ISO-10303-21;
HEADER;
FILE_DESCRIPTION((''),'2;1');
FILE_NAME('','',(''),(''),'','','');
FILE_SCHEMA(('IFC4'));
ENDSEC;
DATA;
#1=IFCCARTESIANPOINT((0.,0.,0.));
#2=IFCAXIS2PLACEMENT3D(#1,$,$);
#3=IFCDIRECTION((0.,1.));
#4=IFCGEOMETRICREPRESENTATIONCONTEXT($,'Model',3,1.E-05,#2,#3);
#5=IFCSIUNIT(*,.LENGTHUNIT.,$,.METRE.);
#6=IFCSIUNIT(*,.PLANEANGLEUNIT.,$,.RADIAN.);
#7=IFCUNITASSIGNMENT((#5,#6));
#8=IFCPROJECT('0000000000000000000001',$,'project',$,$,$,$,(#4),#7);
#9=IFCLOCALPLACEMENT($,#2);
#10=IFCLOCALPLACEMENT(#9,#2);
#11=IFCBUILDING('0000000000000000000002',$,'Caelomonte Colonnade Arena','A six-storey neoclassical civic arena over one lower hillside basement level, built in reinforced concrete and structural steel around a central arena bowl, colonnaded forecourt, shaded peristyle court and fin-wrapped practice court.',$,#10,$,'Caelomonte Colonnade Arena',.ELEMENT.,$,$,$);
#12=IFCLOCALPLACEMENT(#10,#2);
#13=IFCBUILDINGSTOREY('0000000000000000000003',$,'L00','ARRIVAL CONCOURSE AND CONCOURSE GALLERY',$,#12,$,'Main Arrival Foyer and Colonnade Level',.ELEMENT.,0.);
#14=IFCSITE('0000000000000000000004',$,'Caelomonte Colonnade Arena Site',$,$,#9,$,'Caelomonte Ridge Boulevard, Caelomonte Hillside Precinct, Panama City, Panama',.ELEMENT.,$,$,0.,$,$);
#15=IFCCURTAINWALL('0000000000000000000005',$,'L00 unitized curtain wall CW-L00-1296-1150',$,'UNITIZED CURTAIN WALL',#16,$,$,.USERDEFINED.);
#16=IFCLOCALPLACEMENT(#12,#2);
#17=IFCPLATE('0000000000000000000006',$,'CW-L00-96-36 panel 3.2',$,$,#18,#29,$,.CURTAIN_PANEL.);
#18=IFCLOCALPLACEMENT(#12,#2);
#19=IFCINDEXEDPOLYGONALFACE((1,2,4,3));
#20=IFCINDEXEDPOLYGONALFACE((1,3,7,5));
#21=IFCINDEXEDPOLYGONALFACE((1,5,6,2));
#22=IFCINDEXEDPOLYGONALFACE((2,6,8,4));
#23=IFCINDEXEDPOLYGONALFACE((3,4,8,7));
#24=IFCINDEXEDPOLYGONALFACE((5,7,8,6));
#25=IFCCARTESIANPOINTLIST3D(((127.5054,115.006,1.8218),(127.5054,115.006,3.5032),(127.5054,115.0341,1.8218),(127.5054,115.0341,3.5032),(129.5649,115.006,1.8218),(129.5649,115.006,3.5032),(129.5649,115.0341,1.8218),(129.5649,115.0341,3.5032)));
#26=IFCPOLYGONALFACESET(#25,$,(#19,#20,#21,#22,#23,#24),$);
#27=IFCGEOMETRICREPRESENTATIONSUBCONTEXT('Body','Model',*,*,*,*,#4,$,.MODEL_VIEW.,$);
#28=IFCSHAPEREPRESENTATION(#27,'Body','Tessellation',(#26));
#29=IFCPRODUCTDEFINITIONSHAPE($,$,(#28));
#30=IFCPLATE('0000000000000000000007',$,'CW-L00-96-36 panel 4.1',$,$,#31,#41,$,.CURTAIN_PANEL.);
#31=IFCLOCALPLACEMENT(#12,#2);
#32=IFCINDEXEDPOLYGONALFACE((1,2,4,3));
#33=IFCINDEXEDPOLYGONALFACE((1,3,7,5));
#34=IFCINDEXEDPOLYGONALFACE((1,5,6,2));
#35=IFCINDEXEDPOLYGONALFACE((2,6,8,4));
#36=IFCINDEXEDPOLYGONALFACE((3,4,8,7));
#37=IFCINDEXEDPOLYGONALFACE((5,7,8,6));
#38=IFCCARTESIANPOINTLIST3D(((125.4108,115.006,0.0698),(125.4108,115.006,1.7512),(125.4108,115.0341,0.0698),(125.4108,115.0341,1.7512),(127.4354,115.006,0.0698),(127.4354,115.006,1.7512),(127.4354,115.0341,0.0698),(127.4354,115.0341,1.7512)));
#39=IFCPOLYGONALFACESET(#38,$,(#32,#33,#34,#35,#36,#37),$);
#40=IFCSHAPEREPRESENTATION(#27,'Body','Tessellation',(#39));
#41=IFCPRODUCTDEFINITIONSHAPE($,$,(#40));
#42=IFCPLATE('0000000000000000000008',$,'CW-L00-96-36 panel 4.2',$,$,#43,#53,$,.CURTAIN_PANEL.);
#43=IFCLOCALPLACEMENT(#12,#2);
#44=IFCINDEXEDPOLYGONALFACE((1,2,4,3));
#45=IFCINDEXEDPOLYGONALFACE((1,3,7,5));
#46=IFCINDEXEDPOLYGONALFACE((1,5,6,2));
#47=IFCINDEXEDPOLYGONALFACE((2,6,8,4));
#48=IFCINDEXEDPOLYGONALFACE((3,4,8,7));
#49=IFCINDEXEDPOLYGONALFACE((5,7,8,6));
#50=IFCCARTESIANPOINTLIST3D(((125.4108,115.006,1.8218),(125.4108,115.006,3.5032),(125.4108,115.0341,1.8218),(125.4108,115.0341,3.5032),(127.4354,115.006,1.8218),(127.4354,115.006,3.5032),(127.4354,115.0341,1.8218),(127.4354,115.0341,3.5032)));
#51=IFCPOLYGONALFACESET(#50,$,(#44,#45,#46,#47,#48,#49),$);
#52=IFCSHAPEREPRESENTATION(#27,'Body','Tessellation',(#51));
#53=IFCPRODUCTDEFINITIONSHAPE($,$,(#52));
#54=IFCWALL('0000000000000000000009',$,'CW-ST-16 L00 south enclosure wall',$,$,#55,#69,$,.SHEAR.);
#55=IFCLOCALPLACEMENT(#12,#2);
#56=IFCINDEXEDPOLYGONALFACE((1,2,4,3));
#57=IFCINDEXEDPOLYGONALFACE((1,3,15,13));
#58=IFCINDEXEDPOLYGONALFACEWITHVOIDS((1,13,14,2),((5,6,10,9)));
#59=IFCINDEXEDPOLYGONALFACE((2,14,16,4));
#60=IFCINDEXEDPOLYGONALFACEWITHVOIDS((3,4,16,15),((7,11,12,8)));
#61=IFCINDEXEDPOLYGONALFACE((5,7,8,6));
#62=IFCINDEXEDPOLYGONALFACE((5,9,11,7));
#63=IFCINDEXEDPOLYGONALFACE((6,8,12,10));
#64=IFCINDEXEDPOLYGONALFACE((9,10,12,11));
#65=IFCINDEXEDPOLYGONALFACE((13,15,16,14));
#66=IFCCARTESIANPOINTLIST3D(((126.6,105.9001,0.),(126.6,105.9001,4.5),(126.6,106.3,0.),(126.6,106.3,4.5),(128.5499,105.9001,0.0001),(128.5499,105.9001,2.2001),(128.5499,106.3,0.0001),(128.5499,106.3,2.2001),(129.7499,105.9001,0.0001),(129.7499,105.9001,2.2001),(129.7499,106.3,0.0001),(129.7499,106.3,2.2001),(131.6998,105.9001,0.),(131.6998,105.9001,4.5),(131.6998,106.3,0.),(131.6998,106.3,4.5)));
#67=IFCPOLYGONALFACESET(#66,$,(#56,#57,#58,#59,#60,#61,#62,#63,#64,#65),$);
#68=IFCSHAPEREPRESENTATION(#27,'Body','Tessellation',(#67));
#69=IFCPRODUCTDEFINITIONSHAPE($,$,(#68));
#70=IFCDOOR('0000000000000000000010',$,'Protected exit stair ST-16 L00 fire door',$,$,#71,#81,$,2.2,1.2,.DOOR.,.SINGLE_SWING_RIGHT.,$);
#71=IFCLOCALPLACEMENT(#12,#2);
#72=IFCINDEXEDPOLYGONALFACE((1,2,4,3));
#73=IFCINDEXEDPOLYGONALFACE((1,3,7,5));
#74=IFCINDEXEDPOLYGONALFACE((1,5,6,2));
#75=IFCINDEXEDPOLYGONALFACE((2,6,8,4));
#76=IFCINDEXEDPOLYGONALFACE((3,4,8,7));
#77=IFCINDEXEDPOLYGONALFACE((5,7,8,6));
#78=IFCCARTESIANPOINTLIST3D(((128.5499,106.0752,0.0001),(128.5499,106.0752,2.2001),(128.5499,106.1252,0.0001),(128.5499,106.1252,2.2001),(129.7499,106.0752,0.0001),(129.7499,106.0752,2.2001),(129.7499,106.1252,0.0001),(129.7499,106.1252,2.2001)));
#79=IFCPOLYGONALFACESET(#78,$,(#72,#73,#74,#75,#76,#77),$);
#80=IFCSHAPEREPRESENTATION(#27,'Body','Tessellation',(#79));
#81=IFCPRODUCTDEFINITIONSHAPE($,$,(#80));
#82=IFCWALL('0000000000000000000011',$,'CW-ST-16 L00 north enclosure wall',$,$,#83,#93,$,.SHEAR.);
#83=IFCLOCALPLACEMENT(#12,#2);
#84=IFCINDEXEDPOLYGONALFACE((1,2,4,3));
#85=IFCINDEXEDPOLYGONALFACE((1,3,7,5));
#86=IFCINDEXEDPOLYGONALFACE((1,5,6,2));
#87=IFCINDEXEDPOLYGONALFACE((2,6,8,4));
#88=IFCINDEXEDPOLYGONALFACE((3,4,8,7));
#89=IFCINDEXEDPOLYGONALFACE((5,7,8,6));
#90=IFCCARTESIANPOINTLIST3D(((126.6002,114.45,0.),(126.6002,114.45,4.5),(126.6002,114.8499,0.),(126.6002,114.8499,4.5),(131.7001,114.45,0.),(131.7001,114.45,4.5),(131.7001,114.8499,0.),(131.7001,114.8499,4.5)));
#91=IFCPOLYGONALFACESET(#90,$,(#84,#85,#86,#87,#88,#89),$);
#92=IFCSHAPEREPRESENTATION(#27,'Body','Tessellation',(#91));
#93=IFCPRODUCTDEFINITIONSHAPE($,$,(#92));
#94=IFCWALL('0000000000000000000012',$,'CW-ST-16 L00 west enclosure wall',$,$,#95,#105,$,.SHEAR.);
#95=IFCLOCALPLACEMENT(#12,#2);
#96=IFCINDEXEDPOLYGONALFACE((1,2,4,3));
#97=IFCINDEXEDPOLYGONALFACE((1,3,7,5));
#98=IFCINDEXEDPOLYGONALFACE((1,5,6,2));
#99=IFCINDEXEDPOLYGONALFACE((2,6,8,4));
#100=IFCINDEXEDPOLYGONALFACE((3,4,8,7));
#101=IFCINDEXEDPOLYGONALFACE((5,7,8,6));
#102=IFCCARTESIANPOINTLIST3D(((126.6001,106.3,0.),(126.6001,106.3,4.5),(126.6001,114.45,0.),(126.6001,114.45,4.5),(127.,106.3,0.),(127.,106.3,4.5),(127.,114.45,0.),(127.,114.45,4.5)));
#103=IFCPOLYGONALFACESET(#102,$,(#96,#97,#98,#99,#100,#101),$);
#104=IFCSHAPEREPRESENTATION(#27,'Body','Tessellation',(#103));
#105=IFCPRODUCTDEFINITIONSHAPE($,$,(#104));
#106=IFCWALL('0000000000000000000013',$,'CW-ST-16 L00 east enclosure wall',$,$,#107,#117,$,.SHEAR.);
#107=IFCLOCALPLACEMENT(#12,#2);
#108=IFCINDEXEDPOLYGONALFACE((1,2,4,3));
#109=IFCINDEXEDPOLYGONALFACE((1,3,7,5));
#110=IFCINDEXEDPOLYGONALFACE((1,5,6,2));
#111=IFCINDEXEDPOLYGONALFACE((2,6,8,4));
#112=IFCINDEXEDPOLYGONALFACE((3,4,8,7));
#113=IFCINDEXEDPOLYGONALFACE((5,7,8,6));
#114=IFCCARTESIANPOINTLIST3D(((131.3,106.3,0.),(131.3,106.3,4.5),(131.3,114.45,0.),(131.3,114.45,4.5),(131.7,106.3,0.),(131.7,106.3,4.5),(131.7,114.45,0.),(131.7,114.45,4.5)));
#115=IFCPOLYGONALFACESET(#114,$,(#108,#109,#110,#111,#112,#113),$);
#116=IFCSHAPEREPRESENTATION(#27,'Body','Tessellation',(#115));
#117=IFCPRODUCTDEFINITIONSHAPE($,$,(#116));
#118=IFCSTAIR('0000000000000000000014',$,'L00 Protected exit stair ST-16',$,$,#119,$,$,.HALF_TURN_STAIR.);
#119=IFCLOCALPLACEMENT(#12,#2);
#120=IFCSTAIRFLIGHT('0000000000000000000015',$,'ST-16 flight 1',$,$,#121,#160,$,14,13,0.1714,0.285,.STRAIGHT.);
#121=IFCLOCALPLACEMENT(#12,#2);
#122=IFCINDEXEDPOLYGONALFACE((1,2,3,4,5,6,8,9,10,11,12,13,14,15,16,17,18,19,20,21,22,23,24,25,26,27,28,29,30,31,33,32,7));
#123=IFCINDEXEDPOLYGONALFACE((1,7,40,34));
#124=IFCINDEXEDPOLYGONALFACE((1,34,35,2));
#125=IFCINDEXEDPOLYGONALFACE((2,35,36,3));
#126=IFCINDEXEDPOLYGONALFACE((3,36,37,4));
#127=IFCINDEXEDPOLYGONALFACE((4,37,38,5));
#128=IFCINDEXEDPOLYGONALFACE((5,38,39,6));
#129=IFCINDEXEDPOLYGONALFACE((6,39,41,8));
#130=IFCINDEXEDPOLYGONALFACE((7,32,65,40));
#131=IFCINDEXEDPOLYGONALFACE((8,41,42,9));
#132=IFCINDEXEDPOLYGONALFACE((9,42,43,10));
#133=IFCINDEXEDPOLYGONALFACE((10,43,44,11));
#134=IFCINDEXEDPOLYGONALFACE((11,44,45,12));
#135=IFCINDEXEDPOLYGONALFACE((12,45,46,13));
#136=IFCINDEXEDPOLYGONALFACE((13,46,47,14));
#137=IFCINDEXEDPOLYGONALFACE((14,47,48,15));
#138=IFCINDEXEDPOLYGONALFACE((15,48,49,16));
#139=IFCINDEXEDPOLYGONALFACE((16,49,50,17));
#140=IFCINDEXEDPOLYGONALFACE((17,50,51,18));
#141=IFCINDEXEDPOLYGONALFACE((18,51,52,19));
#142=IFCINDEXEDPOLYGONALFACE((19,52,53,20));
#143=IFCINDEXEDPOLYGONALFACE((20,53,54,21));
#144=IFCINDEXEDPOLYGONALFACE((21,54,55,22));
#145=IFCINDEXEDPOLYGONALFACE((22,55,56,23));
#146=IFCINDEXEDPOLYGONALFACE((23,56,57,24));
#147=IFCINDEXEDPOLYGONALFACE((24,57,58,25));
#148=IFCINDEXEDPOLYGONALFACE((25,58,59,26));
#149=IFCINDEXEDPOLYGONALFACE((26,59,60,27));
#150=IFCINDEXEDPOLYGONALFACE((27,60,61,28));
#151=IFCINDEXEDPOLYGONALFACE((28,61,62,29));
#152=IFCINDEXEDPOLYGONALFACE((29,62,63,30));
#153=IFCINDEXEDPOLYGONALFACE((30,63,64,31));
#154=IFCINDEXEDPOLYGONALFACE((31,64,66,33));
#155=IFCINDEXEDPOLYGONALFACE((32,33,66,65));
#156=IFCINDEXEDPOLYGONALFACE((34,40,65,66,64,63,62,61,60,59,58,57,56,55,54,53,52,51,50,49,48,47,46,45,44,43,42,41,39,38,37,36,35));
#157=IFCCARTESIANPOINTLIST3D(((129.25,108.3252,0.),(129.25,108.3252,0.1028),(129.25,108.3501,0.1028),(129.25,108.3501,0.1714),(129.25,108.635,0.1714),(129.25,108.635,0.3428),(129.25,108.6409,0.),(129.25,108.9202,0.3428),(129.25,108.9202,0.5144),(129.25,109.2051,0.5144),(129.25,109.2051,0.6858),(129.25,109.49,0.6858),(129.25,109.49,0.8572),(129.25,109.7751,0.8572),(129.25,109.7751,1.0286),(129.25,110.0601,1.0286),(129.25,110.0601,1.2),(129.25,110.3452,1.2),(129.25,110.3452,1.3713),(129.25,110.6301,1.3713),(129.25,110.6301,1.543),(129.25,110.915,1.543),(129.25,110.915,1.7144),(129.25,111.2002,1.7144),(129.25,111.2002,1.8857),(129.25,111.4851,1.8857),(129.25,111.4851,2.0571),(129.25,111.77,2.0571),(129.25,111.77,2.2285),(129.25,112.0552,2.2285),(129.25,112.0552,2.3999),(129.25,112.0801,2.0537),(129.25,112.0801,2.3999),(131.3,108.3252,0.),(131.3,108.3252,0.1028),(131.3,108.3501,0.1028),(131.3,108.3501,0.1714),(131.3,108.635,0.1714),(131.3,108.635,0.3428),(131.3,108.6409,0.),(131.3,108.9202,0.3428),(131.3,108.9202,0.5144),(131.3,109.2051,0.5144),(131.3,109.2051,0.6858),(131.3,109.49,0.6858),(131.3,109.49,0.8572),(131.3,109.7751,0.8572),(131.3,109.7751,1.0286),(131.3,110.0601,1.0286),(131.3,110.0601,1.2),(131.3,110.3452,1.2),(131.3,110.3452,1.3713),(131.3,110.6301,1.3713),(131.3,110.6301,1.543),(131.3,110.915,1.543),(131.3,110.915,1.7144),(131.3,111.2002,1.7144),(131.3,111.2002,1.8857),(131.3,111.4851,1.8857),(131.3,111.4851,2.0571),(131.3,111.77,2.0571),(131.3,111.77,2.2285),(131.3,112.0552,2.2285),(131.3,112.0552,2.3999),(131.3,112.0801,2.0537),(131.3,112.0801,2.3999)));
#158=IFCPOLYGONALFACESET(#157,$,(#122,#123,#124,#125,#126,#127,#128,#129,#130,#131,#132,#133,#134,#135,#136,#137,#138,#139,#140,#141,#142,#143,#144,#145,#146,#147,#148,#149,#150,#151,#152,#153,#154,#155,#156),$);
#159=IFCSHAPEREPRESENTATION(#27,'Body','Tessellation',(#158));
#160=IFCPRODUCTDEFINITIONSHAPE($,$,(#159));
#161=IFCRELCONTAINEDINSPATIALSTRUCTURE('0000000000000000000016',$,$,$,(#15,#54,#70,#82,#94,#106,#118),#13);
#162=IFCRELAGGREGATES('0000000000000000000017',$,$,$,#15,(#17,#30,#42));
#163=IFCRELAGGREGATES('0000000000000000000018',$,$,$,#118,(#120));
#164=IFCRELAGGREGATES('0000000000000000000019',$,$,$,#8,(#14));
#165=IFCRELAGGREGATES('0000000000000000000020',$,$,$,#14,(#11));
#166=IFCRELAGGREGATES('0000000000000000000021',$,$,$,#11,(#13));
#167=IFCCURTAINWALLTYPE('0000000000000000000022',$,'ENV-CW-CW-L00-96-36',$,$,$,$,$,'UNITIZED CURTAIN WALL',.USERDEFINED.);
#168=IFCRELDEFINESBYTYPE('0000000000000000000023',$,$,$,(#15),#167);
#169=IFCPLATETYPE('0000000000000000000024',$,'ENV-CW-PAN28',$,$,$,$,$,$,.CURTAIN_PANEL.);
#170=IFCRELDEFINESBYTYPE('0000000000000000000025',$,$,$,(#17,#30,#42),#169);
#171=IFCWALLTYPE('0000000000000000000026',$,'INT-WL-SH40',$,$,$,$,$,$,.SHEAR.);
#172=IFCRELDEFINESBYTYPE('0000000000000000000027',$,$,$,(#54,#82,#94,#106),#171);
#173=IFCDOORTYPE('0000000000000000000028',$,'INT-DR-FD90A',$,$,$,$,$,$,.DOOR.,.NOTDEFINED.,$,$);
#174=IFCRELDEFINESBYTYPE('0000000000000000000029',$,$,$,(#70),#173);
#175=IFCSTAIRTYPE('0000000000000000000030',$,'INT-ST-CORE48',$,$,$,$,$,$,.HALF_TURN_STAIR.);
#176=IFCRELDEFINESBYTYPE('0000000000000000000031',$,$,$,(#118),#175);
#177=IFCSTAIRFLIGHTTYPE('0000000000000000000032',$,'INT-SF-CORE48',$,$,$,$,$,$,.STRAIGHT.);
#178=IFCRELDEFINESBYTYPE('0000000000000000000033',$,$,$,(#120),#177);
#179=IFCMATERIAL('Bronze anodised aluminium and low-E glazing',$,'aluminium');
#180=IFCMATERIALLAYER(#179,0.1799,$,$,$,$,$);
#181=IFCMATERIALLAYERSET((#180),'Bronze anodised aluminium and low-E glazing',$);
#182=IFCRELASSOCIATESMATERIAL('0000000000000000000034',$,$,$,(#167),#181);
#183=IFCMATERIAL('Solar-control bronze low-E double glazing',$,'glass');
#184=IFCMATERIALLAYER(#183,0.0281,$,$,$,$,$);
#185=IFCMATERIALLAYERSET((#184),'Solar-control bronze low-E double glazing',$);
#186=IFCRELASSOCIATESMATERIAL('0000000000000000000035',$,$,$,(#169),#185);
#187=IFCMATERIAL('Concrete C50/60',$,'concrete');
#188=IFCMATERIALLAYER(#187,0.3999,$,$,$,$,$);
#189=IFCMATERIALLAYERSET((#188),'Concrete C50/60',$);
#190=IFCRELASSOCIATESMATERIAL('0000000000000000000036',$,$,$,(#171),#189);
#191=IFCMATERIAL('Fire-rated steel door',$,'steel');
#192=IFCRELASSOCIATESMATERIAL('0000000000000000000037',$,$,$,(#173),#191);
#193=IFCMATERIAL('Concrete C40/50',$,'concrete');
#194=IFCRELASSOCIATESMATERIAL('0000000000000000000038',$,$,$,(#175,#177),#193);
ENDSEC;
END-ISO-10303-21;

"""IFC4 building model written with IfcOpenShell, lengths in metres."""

from ifc_helpers import new_model, si_unit, direction, frame, frame_2d, origin, origin_2d, place, context, subcontext, project, spatial, polyline, rectangle, outline, extrude, material, layer, layer_set, type_object, element, fill, aggregate, save


model = new_model("IFC4")

# Units and contexts
model_context = context("Model", 3, precision=1e-05, world=origin(), true_north=direction((0.0, 1.0)))
body_context = subcontext(model_context, "Body", "Model", "MODEL_VIEW")
ifc_project = project(units=[si_unit("LENGTHUNIT", "METRE"), si_unit("PLANEANGLEUNIT", "RADIAN")], contexts=[model_context])

# Site, building, storey
site_placement = place(None, origin())
site = spatial("IfcSite", under=ifc_project, at=site_placement, Name="Caelomonte Colonnade Arena Site", LongName="Caelomonte Ridge Boulevard, Caelomonte Hillside Precinct, Panama City, Panama", CompositionType="ELEMENT", RefElevation=0.0)
building_placement = place(site_placement, origin())
building = spatial("IfcBuilding", under=site, at=building_placement, Name="Caelomonte Colonnade Arena", Description="A six-storey neoclassical civic arena over one lower hillside basement level, built in reinforced concrete and structural steel around a central arena bowl, colonnaded forecourt, shaded peristyle court and fin-wrapped practice court.", LongName="Caelomonte Colonnade Arena", CompositionType="ELEMENT")
storey_placement = place(building_placement, origin())
storey = spatial("IfcBuildingStorey", under=building, at=storey_placement, Name="L00", Description="ARRIVAL CONCOURSE AND CONCOURSE GALLERY", LongName="Main Arrival Foyer and Colonnade Level", CompositionType="ELEMENT", Elevation=0.0)

# Shared definitions
ifc_material_1 = material(Name="Concrete C50/60", Category="concrete")

# Curtain wall
ifc_material_2 = material(Name="Bronze anodised aluminium and low-E glazing", Category="aluminium")
ifc_layer_1 = layer(ifc_material_2, 0.1799)
ifc_layer_set_1 = layer_set([ifc_layer_1], Name="Bronze anodised aluminium and low-E glazing")
curtain_wall_type = type_object("IfcCurtainWallType", Name="ENV-CW-CW-L00-96-36", ElementType="UNITIZED CURTAIN WALL", PredefinedType="USERDEFINED", material=ifc_layer_set_1)
curtain_wall_placement = place(storey_placement, origin())
curtain_wall = element("IfcCurtainWall", 1, at=curtain_wall_placement, inside=storey, type_object=curtain_wall_type, Name="L00 unitized curtain wall CW-L00-1296-1150", ObjectType="UNITIZED CURTAIN WALL", PredefinedType="USERDEFINED")

# Shared definitions
ifc_material_3 = material(Name="Concrete C40/50", Category="concrete")

# Plates
ifc_material_4 = material(Name="Solar-control bronze low-E double glazing", Category="glass")
ifc_layer_2 = layer(ifc_material_4, 0.0281)
ifc_layer_set_2 = layer_set([ifc_layer_2], Name="Solar-control bronze low-E double glazing")
plate_type = type_object("IfcPlateType", Name="ENV-CW-PAN28", PredefinedType="CURTAIN_PANEL", material=ifc_layer_set_2)
plate_1_placement = place(storey_placement, frame((128.5352, 115.02, 1.8218), z_axis=(0.0, 0.0, 1.0), x_axis=(-1.0, 0.0, 0.0)))
plate_1 = element("IfcPlate", 2, at=plate_1_placement, type_object=plate_type, Name="CW-L00-96-36 panel 3.2", PredefinedType="CURTAIN_PANEL", context=body_context, shape_type="SweptSolid", body=[
    extrude(rectangle(XDim=2.0596, YDim=0.0281, at=origin_2d()), origin(), (0.0, 0.0, 1.0), 1.6814),
])
plate_2_placement = place(storey_placement, frame((126.4231, 115.02, 0.0698), z_axis=(0.0, 0.0, 1.0), x_axis=(-1.0, 0.0, 0.0)))
plate_2 = element("IfcPlate", 3, at=plate_2_placement, type_object=plate_type, Name="CW-L00-96-36 panel 4.1", PredefinedType="CURTAIN_PANEL", context=body_context, shape_type="SweptSolid", body=[
    extrude(rectangle(XDim=2.0247, YDim=0.0281, at=origin_2d()), origin(), (0.0, 0.0, 1.0), 1.6814),
])
plate_3_placement = place(storey_placement, frame((126.4231, 115.02, 1.8218), z_axis=(0.0, 0.0, 1.0), x_axis=(-1.0, 0.0, 0.0)))
plate_3 = element("IfcPlate", 4, at=plate_3_placement, type_object=plate_type, Name="CW-L00-96-36 panel 4.2", PredefinedType="CURTAIN_PANEL", context=body_context, shape_type="SweptSolid", body=[
    extrude(rectangle(XDim=2.0247, YDim=0.0281, at=origin_2d()), origin(), (0.0, 0.0, 1.0), 1.6814),
])
aggregate(curtain_wall, [plate_1, plate_2, plate_3])

# Wall, opening, door
ifc_layer_3 = layer(ifc_material_1, 0.3999)
ifc_layer_set_3 = layer_set([ifc_layer_3], Name="Concrete C50/60")
wall_type = type_object("IfcWallType", Name="INT-WL-SH40", PredefinedType="SHEAR", material=ifc_layer_set_3)
wall_1_placement = place(storey_placement, frame((126.6001, 106.1001, 0.0), z_axis=(0.0, 0.0, 1.0), x_axis=(1.0, 0.0, 0.0)))
wall_1 = element("IfcWall", 5, at=wall_1_placement, inside=storey, type_object=wall_type, Name="CW-ST-16 L00 south enclosure wall", PredefinedType="SHEAR", context=body_context, shape_type="SweptSolid", body=[
    extrude(rectangle(XDim=5.0999, YDim=0.3999, at=frame_2d((2.5498, 0.0))), origin(), (0.0, 0.0, 1.0), 4.5),
])
opening_placement = place(wall_1_placement, frame((3.1499, 0.0, 0.0), z_axis=(0.0, 0.0, 1.0), x_axis=(-1.0, 0.0, 0.0)))
opening = element("IfcOpeningElement", 6, at=opening_placement, cuts=wall_1, PredefinedType="OPENING", context=body_context, shape_type="SweptSolid", body=[
    extrude(rectangle(XDim=1.2, YDim=2.2, at=frame_2d((0.6001, 1.1001))), frame((0.0, 0.21, 0.0), z_axis=(0.0, -1.0, 0.0), x_axis=(1.0, 0.0, 0.0)), (0.0, 0.0, 1.0), 0.4199),
])
ifc_material_5 = material(Name="Fire-rated steel door", Category="steel")
door_type = type_object("IfcDoorType", Name="INT-DR-FD90A", OperationType="NOTDEFINED", PredefinedType="DOOR", material=ifc_material_5)
door_placement = place(opening_placement, origin())
door = element("IfcDoor", 7, at=door_placement, inside=storey, type_object=door_type, Name="Protected exit stair ST-16 L00 fire door", OperationType="SINGLE_SWING_RIGHT", OverallHeight=2.2, OverallWidth=1.2, PredefinedType="DOOR", context=body_context, shape_type="SweptSolid", body=[
    extrude(rectangle(XDim=1.2, YDim=2.2, at=frame_2d((0.6001, 1.1001))), frame((0.0, 0.0249, 0.0), z_axis=(0.0, -1.0, 0.0), x_axis=(1.0, 0.0, 0.0)), (0.0, 0.0, 1.0), 0.05),
])
fill(opening, door)

# Walls
wall_2_placement = place(storey_placement, frame((131.7, 114.6499, 0.0), z_axis=(0.0, 0.0, 1.0), x_axis=(-1.0, 0.0, 0.0)))
element("IfcWall", 8, at=wall_2_placement, inside=storey, type_object=wall_type, Name="CW-ST-16 L00 north enclosure wall", PredefinedType="SHEAR", context=body_context, shape_type="SweptSolid", body=[
    extrude(rectangle(XDim=5.0999, YDim=0.3999, at=frame_2d((2.5498, 0.0))), origin(), (0.0, 0.0, 1.0), 4.5),
])
for number, where, z_axis, x_axis, name in (
    (9, (126.8, 114.45, 0.0), (0.0, 0.0, 1.0), (0.0, -1.0, 0.0), "CW-ST-16 L00 west enclosure wall"),
    (10, (131.5, 106.3, 0.0), (0.0, 0.0, 1.0), (0.0, 1.0, 0.0), "CW-ST-16 L00 east enclosure wall"),
):
    element("IfcWall", number, at=place(storey_placement, frame(where, z_axis=z_axis, x_axis=x_axis)), inside=storey, type_object=wall_type, Name=name, PredefinedType="SHEAR", context=body_context, shape_type="SweptSolid", body=[
        extrude(rectangle(XDim=8.1499, YDim=0.3999, at=frame_2d((4.075, 0.0))), origin(), (0.0, 0.0, 1.0), 4.5),
    ])

# Stair, stair flight
stair_type = type_object("IfcStairType", Name="INT-ST-CORE48", PredefinedType="HALF_TURN_STAIR", material=ifc_material_3)
stair_placement = place(storey_placement, origin())
stair = element("IfcStair", 11, at=stair_placement, inside=storey, type_object=stair_type, Name="L00 Protected exit stair ST-16", PredefinedType="HALF_TURN_STAIR")
stair_flight_type = type_object("IfcStairFlightType", Name="INT-SF-CORE48", PredefinedType="STRAIGHT", material=ifc_material_3)
stair_flight_1_placement = place(storey_placement, frame((130.2749, 108.3501, 0.0), z_axis=(0.0, 0.0, 1.0), x_axis=(0.0, 1.0, 0.0)))
stair_flight_1 = element("IfcStairFlight", 12, at=stair_flight_1_placement, type_object=stair_flight_type, Name="ST-16 flight 1", NumberOfRisers=14, NumberOfTreads=13, PredefinedType="STRAIGHT", RiserHeight=0.1714, TreadLength=0.285, context=body_context, shape_type="SweptSolid", body=[
    extrude(outline(polyline([(-0.0249, 0.0), (-0.0249, 0.1028), (0.0, 0.1028), (0.0, 0.1714), (0.2849, 0.1714), (0.2849, 0.3428), (0.5701, 0.3428), (0.5701, 0.5144), (0.855, 0.5144), (0.855, 0.6858), (1.1399, 0.6858), (1.1399, 0.8572), (1.425, 0.8572), (1.425, 1.0286), (1.71, 1.0286), (1.71, 1.2), (1.9951, 1.2), (1.9951, 1.3713), (2.28, 1.3713), (2.28, 1.543), (2.5649, 1.543), (2.5649, 1.7144), (2.8501, 1.7144), (2.8501, 1.8857), (3.135, 1.8857), (3.135, 2.0571), (3.4199, 2.0571), (3.4199, 2.2285), (3.7051, 2.2285), (3.7051, 2.3999), (3.73, 2.3999), (3.73, 2.0537), (0.2908, 0.0), (-0.0249, 0.0)])), frame((0.0, 1.0249, 0.0), z_axis=(0.0, -1.0, 0.0), x_axis=(1.0, 0.0, 0.0)), (0.0, 0.0, 1.0), 2.05),
])
aggregate(stair, [stair_flight_1])

save(model, "model.ifc")
